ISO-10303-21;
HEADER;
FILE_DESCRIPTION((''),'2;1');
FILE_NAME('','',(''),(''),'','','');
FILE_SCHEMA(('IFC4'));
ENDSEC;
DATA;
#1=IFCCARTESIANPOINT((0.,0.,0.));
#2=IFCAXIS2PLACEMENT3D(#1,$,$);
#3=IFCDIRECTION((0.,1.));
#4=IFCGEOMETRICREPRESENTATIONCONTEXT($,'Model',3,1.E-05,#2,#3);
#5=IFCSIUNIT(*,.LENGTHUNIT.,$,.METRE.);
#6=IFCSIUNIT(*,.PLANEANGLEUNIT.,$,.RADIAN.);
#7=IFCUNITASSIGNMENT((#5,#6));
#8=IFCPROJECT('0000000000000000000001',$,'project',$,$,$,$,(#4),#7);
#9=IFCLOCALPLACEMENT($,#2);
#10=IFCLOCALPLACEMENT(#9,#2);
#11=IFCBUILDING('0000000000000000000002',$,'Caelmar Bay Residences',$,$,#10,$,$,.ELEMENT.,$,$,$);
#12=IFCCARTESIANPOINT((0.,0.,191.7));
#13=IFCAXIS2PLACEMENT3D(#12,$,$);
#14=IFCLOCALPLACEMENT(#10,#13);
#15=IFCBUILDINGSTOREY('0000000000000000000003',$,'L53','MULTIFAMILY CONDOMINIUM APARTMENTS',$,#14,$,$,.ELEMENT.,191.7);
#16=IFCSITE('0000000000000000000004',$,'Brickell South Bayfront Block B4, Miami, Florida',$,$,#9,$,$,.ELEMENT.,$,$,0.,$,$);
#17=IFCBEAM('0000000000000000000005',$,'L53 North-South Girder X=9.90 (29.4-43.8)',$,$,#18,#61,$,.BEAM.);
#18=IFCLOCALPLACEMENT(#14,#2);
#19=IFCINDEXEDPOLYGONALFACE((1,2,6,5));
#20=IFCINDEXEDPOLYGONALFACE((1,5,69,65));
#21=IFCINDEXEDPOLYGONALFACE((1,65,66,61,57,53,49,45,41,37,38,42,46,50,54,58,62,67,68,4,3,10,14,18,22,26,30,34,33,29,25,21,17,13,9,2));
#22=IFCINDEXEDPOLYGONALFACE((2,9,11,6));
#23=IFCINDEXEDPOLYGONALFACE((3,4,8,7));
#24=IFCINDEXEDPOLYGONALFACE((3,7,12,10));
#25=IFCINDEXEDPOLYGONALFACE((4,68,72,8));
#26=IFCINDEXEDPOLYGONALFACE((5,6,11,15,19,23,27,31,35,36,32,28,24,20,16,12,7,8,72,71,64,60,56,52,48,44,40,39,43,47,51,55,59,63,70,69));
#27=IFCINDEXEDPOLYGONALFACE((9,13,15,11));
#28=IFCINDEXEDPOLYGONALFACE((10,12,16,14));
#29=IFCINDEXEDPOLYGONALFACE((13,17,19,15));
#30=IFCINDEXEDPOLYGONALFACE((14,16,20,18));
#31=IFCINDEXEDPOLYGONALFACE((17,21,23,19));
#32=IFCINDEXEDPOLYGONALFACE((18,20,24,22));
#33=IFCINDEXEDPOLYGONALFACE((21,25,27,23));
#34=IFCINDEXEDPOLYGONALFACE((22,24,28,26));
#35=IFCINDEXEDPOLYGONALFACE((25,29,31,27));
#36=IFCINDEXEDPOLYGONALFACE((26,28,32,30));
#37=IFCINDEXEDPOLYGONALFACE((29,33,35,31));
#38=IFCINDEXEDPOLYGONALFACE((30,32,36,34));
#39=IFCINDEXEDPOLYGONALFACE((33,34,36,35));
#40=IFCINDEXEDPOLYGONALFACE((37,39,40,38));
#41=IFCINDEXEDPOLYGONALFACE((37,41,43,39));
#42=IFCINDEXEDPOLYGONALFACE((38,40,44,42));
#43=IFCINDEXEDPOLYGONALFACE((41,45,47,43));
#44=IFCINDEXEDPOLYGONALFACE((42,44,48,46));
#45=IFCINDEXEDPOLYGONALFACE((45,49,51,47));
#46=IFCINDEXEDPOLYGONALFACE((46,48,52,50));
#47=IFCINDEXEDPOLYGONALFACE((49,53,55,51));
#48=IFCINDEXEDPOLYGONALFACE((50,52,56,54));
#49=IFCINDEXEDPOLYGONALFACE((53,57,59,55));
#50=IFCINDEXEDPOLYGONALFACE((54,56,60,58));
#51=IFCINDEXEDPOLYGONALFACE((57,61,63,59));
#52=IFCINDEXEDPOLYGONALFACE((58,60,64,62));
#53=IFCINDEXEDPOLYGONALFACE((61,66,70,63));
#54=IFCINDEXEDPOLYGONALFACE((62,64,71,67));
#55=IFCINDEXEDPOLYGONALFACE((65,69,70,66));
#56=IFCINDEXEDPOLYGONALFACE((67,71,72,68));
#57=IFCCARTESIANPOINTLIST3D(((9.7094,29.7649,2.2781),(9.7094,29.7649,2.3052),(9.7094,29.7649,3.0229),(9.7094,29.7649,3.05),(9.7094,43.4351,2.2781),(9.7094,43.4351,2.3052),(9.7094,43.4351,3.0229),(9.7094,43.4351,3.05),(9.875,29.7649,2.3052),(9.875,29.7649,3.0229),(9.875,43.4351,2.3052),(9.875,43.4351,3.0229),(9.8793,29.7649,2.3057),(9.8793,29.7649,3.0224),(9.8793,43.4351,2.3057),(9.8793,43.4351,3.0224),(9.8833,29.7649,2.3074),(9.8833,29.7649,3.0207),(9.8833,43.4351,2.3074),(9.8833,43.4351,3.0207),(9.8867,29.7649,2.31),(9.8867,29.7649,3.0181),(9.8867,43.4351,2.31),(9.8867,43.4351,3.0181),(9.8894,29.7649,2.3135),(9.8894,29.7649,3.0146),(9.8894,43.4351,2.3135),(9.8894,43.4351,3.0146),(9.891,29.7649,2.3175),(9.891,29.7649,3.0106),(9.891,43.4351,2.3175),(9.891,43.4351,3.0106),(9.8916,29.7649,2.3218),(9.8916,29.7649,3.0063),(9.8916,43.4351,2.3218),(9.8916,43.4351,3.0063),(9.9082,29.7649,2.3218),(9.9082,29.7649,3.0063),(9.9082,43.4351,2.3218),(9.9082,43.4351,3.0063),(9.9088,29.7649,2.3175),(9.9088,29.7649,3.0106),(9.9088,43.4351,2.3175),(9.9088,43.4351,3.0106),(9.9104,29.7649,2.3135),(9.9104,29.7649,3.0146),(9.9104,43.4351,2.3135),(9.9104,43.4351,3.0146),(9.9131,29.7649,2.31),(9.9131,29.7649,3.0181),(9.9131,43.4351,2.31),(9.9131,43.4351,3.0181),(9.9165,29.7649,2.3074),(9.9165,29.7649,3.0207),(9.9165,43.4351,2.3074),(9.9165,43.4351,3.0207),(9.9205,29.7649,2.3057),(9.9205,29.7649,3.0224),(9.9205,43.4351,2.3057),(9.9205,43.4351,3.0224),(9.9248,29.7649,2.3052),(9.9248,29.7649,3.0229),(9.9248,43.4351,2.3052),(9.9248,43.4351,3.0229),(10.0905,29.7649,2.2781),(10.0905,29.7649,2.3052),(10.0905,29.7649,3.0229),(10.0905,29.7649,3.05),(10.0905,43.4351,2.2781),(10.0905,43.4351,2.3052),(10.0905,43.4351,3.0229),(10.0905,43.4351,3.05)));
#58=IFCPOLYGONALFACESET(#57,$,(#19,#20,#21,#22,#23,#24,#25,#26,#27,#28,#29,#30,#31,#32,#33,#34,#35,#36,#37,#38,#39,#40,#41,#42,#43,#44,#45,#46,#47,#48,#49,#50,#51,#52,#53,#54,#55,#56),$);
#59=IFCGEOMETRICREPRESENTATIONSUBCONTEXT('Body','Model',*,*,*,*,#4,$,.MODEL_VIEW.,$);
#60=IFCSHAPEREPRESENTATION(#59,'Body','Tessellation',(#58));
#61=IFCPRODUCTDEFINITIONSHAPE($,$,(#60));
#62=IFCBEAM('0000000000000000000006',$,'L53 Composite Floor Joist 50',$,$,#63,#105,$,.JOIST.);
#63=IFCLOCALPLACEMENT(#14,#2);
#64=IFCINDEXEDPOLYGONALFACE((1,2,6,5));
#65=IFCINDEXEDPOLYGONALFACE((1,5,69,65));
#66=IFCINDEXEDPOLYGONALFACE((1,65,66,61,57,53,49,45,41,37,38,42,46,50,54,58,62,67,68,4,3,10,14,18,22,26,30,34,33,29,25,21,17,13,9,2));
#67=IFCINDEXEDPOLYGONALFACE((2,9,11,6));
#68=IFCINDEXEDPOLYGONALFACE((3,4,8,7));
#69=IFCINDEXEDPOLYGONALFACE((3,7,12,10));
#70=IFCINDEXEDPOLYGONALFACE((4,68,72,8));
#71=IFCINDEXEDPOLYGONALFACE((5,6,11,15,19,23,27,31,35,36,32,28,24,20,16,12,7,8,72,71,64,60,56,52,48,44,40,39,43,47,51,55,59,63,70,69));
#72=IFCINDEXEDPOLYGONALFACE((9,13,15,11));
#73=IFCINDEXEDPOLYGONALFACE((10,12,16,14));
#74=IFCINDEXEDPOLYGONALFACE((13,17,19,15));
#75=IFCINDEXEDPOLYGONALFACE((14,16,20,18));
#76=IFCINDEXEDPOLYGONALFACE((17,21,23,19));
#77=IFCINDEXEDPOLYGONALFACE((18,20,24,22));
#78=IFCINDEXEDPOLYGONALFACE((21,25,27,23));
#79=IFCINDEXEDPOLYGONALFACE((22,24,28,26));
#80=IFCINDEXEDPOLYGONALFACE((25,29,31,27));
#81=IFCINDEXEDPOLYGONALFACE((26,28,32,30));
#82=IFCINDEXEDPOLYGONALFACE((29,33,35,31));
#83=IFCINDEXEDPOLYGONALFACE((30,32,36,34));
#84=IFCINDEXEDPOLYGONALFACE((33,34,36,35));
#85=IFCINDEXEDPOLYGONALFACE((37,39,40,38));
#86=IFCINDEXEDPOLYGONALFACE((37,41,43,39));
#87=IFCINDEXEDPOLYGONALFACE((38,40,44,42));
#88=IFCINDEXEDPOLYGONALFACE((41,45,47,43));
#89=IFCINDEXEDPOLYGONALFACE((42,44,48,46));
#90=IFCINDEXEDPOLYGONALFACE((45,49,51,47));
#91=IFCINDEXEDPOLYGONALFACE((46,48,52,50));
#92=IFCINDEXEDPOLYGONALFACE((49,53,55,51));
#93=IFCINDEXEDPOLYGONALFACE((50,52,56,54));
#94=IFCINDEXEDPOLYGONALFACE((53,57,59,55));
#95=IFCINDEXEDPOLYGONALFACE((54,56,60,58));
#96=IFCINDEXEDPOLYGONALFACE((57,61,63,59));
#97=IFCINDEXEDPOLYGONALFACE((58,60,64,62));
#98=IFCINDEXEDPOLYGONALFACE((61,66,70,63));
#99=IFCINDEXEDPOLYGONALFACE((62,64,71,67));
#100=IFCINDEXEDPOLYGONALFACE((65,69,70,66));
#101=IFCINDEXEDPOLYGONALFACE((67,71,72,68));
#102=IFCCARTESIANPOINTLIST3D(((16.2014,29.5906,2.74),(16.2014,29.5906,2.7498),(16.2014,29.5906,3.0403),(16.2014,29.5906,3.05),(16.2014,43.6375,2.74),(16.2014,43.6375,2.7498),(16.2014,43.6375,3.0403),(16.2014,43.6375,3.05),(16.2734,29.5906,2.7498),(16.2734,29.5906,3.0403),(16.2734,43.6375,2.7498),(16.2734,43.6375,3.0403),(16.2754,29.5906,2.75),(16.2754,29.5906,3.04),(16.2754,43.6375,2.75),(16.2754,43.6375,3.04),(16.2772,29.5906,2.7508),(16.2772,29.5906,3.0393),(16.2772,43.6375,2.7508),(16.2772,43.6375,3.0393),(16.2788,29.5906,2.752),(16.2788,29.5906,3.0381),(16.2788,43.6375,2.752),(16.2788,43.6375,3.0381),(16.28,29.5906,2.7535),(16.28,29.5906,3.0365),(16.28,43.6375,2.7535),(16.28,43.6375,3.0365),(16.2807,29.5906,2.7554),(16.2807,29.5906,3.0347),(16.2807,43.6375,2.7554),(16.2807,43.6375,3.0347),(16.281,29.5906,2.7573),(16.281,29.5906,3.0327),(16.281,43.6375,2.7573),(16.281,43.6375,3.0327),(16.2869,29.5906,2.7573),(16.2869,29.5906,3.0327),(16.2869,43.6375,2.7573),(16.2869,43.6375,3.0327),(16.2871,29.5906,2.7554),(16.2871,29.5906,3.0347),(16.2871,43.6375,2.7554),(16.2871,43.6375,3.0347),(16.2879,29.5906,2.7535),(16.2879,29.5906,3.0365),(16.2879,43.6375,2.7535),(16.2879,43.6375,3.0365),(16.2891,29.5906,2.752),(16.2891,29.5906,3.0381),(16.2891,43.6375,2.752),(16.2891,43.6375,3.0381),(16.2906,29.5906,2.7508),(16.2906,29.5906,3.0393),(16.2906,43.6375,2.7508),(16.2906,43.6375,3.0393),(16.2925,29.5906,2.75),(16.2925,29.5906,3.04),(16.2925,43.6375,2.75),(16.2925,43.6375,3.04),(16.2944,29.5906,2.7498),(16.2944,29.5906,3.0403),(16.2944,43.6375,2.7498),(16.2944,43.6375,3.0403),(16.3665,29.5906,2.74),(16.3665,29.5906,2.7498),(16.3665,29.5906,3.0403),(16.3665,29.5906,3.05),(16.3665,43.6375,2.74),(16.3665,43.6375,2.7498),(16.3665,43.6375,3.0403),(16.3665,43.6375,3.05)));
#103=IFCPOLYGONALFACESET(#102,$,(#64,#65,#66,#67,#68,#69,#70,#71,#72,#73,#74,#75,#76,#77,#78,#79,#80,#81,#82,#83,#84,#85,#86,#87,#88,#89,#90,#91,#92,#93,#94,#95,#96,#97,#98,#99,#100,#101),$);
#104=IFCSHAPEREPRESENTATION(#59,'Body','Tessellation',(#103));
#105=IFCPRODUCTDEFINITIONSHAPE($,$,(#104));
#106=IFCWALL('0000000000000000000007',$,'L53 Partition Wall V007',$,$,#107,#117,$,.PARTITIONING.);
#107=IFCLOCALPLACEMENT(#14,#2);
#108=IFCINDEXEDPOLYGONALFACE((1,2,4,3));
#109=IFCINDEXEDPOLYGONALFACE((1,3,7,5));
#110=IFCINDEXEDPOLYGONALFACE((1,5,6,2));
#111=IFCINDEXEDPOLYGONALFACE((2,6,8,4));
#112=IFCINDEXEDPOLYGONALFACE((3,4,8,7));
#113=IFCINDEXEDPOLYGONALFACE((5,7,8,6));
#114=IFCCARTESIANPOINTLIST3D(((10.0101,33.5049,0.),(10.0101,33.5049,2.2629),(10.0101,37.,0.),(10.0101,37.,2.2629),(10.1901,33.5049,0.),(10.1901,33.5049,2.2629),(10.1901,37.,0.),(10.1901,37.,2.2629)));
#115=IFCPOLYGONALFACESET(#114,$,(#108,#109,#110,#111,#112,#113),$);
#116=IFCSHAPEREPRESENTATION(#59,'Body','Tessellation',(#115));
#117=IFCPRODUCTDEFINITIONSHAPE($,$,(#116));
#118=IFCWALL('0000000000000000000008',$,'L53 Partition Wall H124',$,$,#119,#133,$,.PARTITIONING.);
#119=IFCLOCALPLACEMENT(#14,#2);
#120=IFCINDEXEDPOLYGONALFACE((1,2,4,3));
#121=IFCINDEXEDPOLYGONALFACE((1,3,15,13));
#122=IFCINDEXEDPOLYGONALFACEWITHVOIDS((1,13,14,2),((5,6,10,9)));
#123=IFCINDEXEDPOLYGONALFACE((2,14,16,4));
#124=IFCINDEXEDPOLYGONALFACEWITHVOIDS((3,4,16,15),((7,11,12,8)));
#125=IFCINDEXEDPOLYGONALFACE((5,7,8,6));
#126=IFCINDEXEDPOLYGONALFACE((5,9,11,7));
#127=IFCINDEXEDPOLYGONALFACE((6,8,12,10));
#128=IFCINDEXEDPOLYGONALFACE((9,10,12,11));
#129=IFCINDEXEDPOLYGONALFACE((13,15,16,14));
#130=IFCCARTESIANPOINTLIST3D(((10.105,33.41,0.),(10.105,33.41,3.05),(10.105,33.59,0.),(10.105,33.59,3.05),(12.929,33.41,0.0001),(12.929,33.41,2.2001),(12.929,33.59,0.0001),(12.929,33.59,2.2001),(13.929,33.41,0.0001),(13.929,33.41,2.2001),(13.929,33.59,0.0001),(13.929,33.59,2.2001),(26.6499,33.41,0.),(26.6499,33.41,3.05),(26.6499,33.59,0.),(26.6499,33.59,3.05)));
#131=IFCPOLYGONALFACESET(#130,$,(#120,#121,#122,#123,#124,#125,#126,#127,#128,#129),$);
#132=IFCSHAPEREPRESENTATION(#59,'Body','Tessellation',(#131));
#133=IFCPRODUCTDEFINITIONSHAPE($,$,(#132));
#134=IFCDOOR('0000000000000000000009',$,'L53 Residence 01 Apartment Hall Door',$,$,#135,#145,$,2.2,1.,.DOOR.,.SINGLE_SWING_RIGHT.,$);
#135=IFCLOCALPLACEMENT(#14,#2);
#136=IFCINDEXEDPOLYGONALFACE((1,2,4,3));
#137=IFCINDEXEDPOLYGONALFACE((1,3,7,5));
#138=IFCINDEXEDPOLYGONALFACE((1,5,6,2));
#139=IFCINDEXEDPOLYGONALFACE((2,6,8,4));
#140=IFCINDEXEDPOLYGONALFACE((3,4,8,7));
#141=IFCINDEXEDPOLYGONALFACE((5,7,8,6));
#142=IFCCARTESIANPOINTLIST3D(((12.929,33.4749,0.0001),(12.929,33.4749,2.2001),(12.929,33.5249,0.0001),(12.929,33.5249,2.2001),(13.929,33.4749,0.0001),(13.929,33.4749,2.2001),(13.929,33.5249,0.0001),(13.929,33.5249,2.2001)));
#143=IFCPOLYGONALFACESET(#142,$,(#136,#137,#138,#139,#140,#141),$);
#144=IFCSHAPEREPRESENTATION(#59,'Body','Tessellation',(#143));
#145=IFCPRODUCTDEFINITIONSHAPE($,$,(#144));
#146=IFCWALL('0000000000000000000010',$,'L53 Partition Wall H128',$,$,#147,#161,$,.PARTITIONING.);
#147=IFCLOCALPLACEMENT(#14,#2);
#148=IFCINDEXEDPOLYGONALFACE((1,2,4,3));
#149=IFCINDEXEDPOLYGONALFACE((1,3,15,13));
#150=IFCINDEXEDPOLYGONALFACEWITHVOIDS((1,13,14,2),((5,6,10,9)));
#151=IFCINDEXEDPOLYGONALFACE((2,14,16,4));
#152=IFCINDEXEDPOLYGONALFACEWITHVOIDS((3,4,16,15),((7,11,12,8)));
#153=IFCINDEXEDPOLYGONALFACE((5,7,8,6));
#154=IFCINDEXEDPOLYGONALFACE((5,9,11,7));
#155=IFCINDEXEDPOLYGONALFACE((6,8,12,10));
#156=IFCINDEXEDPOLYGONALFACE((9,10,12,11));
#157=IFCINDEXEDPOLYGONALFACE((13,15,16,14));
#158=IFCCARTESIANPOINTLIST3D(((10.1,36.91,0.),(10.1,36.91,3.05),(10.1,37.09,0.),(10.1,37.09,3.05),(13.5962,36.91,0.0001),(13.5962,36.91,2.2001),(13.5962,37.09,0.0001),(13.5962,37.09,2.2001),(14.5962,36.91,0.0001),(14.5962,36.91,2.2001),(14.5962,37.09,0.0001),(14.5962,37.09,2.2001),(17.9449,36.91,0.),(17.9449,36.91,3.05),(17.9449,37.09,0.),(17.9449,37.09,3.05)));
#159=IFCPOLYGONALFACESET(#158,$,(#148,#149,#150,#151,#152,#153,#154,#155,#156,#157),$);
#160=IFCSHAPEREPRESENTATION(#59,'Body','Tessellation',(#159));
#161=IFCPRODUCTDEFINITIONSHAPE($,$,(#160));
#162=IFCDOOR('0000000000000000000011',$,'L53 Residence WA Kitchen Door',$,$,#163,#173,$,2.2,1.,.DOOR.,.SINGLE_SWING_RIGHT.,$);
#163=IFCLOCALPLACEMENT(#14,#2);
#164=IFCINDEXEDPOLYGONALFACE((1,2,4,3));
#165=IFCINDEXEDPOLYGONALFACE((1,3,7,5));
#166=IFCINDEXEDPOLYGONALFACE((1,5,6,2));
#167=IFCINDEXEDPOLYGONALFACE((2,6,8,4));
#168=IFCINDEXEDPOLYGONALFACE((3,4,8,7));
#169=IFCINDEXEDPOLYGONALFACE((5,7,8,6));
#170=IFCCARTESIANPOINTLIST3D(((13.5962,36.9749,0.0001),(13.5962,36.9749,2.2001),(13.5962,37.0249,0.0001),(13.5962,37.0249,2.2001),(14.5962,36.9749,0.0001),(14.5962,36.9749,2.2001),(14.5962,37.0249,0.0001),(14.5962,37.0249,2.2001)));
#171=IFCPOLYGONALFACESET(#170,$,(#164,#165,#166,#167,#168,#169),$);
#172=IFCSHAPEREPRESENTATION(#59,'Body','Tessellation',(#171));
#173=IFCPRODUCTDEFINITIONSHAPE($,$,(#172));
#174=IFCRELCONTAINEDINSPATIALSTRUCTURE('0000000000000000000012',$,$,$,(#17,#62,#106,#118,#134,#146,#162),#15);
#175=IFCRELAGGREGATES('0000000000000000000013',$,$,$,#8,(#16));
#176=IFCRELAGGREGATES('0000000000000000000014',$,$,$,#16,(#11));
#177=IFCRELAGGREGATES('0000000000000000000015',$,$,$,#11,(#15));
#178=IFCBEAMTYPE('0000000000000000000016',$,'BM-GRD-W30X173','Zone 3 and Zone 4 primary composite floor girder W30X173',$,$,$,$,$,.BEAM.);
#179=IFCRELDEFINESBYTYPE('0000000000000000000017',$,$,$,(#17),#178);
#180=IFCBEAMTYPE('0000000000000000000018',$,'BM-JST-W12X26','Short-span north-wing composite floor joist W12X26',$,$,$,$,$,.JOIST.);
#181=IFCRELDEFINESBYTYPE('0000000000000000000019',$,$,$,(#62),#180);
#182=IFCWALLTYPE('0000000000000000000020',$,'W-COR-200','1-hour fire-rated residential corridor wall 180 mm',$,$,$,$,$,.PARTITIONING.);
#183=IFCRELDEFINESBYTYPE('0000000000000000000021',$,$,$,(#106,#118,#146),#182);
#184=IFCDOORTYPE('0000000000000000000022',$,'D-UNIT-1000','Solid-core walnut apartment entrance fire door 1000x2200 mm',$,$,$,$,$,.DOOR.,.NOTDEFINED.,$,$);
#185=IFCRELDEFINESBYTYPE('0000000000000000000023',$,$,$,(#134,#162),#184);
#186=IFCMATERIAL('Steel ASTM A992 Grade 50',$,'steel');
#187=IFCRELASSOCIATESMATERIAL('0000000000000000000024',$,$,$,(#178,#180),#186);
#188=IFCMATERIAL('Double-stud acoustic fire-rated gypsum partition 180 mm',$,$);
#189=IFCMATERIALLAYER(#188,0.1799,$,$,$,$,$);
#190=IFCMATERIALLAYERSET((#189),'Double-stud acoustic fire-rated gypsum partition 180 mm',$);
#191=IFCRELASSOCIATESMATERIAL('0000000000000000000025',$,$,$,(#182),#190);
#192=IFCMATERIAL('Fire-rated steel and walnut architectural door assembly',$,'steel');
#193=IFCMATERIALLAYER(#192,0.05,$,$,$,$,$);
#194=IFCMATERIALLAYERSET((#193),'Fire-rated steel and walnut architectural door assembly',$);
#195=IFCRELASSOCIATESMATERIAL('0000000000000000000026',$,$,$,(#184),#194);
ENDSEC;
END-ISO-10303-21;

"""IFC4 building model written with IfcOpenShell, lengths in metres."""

from ifc_helpers import new_model, si_unit, direction, frame, frame_2d, origin, origin_2d, place, context, subcontext, project, spatial, rectangle, i_section, extrude, material, layer, layer_set, material_profile, profile_set, type_object, element, fill, save


model = new_model("IFC4")

# Units and contexts
model_context = context("Model", 3, precision=1e-05, world=origin(), true_north=direction((0.0, 1.0)))
body_context = subcontext(model_context, "Body", "Model", "MODEL_VIEW")
ifc_project = project(units=[si_unit("LENGTHUNIT", "METRE"), si_unit("PLANEANGLEUNIT", "RADIAN")], contexts=[model_context])

# Site, building, storey
site_placement = place(None, origin())
site = spatial("IfcSite", under=ifc_project, at=site_placement, Name="Brickell South Bayfront Block B4, Miami, Florida", CompositionType="ELEMENT", RefElevation=0.0)
building_placement = place(site_placement, origin())
building = spatial("IfcBuilding", under=site, at=building_placement, Name="Caelmar Bay Residences", CompositionType="ELEMENT")
storey_placement = place(building_placement, frame((0.0, 0.0, 191.7)))
storey = spatial("IfcBuildingStorey", under=building, at=storey_placement, Name="L53", Description="MULTIFAMILY CONDOMINIUM APARTMENTS", CompositionType="ELEMENT", Elevation=191.7)

# Beams
ifc_material_1 = material(Name="Steel ASTM A992 Grade 50", Category="steel")
ifc_material_profile_1 = material_profile(ifc_material_1, i_section(OverallWidth=0.3811, OverallDepth=0.772, WebThickness=0.0166, FlangeThickness=0.0271, FilletRadius=0.0166, at=origin_2d()), Name="W30X173")
ifc_profile_set_1 = profile_set([ifc_material_profile_1], Name="Steel ASTM A992 Grade 50")
beam_type_1 = type_object("IfcBeamType", Name="BM-GRD-W30X173", Description="Zone 3 and Zone 4 primary composite floor girder W30X173", PredefinedType="BEAM", material=ifc_profile_set_1)
beam_1_placement = place(storey_placement, frame((9.8999, 29.7649, 2.6641), z_axis=(0.0, 1.0, 0.0), x_axis=(-1.0, 0.0, 0.0)))
element("IfcBeam", 1, at=beam_1_placement, inside=storey, type_object=beam_type_1, Name="L53 North-South Girder X=9.90 (29.4-43.8)", PredefinedType="BEAM", context=body_context, shape_type="SweptSolid", body=[
    extrude(i_section(OverallWidth=0.3811, OverallDepth=0.772, WebThickness=0.0166, FlangeThickness=0.0271, FilletRadius=0.0166, at=origin_2d()), origin(), (0.0, 0.0, 1.0), 13.6702),
])
ifc_material_profile_2 = material_profile(ifc_material_1, i_section(OverallWidth=0.165, OverallDepth=0.3101, WebThickness=0.0059, FlangeThickness=0.0098, FilletRadius=0.0076, at=origin_2d()), Name="W12X26")
ifc_profile_set_2 = profile_set([ifc_material_profile_2], Name="Steel ASTM A992 Grade 50")
beam_type_2 = type_object("IfcBeamType", Name="BM-JST-W12X26", Description="Short-span north-wing composite floor joist W12X26", PredefinedType="JOIST", material=ifc_profile_set_2)
beam_2_placement = place(storey_placement, frame((16.2839, 29.5906, 2.895), z_axis=(0.0, 1.0, 0.0), x_axis=(-1.0, 0.0, 0.0)))
element("IfcBeam", 2, at=beam_2_placement, inside=storey, type_object=beam_type_2, Name="L53 Composite Floor Joist 50", PredefinedType="JOIST", context=body_context, shape_type="SweptSolid", body=[
    extrude(i_section(OverallWidth=0.165, OverallDepth=0.3101, WebThickness=0.0059, FlangeThickness=0.0098, FilletRadius=0.0076, at=origin_2d()), origin(), (0.0, 0.0, 1.0), 14.0469),
])

# Shared definitions
ifc_material_2 = material(Name="Fire-rated steel and walnut architectural door assembly", Category="steel")

# Wall
ifc_material_3 = material(Name="Double-stud acoustic fire-rated gypsum partition 180 mm")
ifc_layer_1 = layer(ifc_material_3, 0.1799)
ifc_layer_set_1 = layer_set([ifc_layer_1], Name="Double-stud acoustic fire-rated gypsum partition 180 mm")
wall_type_1 = type_object("IfcWallType", Name="W-COR-200", Description="1-hour fire-rated residential corridor wall 180 mm", PredefinedType="PARTITIONING", material=ifc_layer_set_1)
wall_1_placement = place(storey_placement, frame((10.1001, 33.5049, 0.0), z_axis=(0.0, 0.0, 1.0), x_axis=(0.0, 1.0, 0.0)))
element("IfcWall", 3, at=wall_1_placement, inside=storey, type_object=wall_type_1, Name="L53 Partition Wall V007", PredefinedType="PARTITIONING", context=body_context, shape_type="SweptSolid", body=[
    extrude(rectangle(XDim=3.4951, YDim=0.1799, at=frame_2d((1.7476, 0.0))), origin(), (0.0, 0.0, 1.0), 2.2629),
])

# Walls, openings, doors
wall_2_placement = place(storey_placement, frame((10.105, 33.5, 0.0), z_axis=(0.0, 0.0, 1.0), x_axis=(1.0, 0.0, 0.0)))
wall_2 = element("IfcWall", 4, at=wall_2_placement, inside=storey, type_object=wall_type_1, Name="L53 Partition Wall H124", PredefinedType="PARTITIONING", context=body_context, shape_type="SweptSolid", body=[
    extrude(rectangle(XDim=16.5449, YDim=0.1799, at=frame_2d((8.2725, 0.0))), origin(), (0.0, 0.0, 1.0), 3.05),
])
opening_1_placement = place(wall_2_placement, frame((2.824, 0.0, 0.0)))
opening_1 = element("IfcOpeningElement", 5, at=opening_1_placement, cuts=wall_2, PredefinedType="OPENING", context=body_context, shape_type="SweptSolid", body=[
    extrude(rectangle(XDim=1.0, YDim=2.2, at=frame_2d((0.5, 1.1001))), frame((0.0, 0.0999, 0.0), z_axis=(0.0, -1.0, 0.0), x_axis=(1.0, 0.0, 0.0)), (0.0, 0.0, 1.0), 0.2),
])
ifc_layer_2 = layer(ifc_material_2, 0.05)
ifc_layer_set_2 = layer_set([ifc_layer_2], Name="Fire-rated steel and walnut architectural door assembly")
door_type_1 = type_object("IfcDoorType", Name="D-UNIT-1000", Description="Solid-core walnut apartment entrance fire door 1000x2200 mm", OperationType="NOTDEFINED", PredefinedType="DOOR", material=ifc_layer_set_2)
door_1_placement = place(opening_1_placement, origin())
door_1 = element("IfcDoor", 6, at=door_1_placement, inside=storey, type_object=door_type_1, Name="L53 Residence 01 Apartment Hall Door", OperationType="SINGLE_SWING_RIGHT", OverallHeight=2.2, OverallWidth=1.0, PredefinedType="DOOR", context=body_context, shape_type="SweptSolid", body=[
    extrude(rectangle(XDim=1.0, YDim=2.2, at=frame_2d((0.5, 1.1001))), frame((0.0, 0.0249, 0.0), z_axis=(0.0, -1.0, 0.0), x_axis=(1.0, 0.0, 0.0)), (0.0, 0.0, 1.0), 0.05),
])
fill(opening_1, door_1)
wall_3_placement = place(storey_placement, frame((10.1001, 37.0, 0.0), z_axis=(0.0, 0.0, 1.0), x_axis=(1.0, 0.0, 0.0)))
wall_3 = element("IfcWall", 7, at=wall_3_placement, inside=storey, type_object=wall_type_1, Name="L53 Partition Wall H128", PredefinedType="PARTITIONING", context=body_context, shape_type="SweptSolid", body=[
    extrude(rectangle(XDim=7.845, YDim=0.1799, at=frame_2d((3.9224, 0.0))), origin(), (0.0, 0.0, 1.0), 3.05),
])
opening_2_placement = place(wall_3_placement, frame((3.4961, 0.0, 0.0)))
opening_2 = element("IfcOpeningElement", 8, at=opening_2_placement, cuts=wall_3, PredefinedType="OPENING", context=body_context, shape_type="SweptSolid", body=[
    extrude(rectangle(XDim=1.0, YDim=2.2, at=frame_2d((0.5, 1.1001))), frame((0.0, 0.0999, 0.0), z_axis=(0.0, -1.0, 0.0), x_axis=(1.0, 0.0, 0.0)), (0.0, 0.0, 1.0), 0.2),
])
door_2_placement = place(opening_2_placement, origin())
door_2 = element("IfcDoor", 9, at=door_2_placement, inside=storey, type_object=door_type_1, Name="L53 Residence WA Kitchen Door", OperationType="SINGLE_SWING_RIGHT", OverallHeight=2.2, OverallWidth=1.0, PredefinedType="DOOR", context=body_context, shape_type="SweptSolid", body=[
    extrude(rectangle(XDim=1.0, YDim=2.2, at=frame_2d((0.5, 1.1001))), frame((0.0, 0.0249, 0.0), z_axis=(0.0, -1.0, 0.0), x_axis=(1.0, 0.0, 0.0)), (0.0, 0.0, 1.0), 0.05),
])
fill(opening_2, door_2)

save(model, "model.ifc")
